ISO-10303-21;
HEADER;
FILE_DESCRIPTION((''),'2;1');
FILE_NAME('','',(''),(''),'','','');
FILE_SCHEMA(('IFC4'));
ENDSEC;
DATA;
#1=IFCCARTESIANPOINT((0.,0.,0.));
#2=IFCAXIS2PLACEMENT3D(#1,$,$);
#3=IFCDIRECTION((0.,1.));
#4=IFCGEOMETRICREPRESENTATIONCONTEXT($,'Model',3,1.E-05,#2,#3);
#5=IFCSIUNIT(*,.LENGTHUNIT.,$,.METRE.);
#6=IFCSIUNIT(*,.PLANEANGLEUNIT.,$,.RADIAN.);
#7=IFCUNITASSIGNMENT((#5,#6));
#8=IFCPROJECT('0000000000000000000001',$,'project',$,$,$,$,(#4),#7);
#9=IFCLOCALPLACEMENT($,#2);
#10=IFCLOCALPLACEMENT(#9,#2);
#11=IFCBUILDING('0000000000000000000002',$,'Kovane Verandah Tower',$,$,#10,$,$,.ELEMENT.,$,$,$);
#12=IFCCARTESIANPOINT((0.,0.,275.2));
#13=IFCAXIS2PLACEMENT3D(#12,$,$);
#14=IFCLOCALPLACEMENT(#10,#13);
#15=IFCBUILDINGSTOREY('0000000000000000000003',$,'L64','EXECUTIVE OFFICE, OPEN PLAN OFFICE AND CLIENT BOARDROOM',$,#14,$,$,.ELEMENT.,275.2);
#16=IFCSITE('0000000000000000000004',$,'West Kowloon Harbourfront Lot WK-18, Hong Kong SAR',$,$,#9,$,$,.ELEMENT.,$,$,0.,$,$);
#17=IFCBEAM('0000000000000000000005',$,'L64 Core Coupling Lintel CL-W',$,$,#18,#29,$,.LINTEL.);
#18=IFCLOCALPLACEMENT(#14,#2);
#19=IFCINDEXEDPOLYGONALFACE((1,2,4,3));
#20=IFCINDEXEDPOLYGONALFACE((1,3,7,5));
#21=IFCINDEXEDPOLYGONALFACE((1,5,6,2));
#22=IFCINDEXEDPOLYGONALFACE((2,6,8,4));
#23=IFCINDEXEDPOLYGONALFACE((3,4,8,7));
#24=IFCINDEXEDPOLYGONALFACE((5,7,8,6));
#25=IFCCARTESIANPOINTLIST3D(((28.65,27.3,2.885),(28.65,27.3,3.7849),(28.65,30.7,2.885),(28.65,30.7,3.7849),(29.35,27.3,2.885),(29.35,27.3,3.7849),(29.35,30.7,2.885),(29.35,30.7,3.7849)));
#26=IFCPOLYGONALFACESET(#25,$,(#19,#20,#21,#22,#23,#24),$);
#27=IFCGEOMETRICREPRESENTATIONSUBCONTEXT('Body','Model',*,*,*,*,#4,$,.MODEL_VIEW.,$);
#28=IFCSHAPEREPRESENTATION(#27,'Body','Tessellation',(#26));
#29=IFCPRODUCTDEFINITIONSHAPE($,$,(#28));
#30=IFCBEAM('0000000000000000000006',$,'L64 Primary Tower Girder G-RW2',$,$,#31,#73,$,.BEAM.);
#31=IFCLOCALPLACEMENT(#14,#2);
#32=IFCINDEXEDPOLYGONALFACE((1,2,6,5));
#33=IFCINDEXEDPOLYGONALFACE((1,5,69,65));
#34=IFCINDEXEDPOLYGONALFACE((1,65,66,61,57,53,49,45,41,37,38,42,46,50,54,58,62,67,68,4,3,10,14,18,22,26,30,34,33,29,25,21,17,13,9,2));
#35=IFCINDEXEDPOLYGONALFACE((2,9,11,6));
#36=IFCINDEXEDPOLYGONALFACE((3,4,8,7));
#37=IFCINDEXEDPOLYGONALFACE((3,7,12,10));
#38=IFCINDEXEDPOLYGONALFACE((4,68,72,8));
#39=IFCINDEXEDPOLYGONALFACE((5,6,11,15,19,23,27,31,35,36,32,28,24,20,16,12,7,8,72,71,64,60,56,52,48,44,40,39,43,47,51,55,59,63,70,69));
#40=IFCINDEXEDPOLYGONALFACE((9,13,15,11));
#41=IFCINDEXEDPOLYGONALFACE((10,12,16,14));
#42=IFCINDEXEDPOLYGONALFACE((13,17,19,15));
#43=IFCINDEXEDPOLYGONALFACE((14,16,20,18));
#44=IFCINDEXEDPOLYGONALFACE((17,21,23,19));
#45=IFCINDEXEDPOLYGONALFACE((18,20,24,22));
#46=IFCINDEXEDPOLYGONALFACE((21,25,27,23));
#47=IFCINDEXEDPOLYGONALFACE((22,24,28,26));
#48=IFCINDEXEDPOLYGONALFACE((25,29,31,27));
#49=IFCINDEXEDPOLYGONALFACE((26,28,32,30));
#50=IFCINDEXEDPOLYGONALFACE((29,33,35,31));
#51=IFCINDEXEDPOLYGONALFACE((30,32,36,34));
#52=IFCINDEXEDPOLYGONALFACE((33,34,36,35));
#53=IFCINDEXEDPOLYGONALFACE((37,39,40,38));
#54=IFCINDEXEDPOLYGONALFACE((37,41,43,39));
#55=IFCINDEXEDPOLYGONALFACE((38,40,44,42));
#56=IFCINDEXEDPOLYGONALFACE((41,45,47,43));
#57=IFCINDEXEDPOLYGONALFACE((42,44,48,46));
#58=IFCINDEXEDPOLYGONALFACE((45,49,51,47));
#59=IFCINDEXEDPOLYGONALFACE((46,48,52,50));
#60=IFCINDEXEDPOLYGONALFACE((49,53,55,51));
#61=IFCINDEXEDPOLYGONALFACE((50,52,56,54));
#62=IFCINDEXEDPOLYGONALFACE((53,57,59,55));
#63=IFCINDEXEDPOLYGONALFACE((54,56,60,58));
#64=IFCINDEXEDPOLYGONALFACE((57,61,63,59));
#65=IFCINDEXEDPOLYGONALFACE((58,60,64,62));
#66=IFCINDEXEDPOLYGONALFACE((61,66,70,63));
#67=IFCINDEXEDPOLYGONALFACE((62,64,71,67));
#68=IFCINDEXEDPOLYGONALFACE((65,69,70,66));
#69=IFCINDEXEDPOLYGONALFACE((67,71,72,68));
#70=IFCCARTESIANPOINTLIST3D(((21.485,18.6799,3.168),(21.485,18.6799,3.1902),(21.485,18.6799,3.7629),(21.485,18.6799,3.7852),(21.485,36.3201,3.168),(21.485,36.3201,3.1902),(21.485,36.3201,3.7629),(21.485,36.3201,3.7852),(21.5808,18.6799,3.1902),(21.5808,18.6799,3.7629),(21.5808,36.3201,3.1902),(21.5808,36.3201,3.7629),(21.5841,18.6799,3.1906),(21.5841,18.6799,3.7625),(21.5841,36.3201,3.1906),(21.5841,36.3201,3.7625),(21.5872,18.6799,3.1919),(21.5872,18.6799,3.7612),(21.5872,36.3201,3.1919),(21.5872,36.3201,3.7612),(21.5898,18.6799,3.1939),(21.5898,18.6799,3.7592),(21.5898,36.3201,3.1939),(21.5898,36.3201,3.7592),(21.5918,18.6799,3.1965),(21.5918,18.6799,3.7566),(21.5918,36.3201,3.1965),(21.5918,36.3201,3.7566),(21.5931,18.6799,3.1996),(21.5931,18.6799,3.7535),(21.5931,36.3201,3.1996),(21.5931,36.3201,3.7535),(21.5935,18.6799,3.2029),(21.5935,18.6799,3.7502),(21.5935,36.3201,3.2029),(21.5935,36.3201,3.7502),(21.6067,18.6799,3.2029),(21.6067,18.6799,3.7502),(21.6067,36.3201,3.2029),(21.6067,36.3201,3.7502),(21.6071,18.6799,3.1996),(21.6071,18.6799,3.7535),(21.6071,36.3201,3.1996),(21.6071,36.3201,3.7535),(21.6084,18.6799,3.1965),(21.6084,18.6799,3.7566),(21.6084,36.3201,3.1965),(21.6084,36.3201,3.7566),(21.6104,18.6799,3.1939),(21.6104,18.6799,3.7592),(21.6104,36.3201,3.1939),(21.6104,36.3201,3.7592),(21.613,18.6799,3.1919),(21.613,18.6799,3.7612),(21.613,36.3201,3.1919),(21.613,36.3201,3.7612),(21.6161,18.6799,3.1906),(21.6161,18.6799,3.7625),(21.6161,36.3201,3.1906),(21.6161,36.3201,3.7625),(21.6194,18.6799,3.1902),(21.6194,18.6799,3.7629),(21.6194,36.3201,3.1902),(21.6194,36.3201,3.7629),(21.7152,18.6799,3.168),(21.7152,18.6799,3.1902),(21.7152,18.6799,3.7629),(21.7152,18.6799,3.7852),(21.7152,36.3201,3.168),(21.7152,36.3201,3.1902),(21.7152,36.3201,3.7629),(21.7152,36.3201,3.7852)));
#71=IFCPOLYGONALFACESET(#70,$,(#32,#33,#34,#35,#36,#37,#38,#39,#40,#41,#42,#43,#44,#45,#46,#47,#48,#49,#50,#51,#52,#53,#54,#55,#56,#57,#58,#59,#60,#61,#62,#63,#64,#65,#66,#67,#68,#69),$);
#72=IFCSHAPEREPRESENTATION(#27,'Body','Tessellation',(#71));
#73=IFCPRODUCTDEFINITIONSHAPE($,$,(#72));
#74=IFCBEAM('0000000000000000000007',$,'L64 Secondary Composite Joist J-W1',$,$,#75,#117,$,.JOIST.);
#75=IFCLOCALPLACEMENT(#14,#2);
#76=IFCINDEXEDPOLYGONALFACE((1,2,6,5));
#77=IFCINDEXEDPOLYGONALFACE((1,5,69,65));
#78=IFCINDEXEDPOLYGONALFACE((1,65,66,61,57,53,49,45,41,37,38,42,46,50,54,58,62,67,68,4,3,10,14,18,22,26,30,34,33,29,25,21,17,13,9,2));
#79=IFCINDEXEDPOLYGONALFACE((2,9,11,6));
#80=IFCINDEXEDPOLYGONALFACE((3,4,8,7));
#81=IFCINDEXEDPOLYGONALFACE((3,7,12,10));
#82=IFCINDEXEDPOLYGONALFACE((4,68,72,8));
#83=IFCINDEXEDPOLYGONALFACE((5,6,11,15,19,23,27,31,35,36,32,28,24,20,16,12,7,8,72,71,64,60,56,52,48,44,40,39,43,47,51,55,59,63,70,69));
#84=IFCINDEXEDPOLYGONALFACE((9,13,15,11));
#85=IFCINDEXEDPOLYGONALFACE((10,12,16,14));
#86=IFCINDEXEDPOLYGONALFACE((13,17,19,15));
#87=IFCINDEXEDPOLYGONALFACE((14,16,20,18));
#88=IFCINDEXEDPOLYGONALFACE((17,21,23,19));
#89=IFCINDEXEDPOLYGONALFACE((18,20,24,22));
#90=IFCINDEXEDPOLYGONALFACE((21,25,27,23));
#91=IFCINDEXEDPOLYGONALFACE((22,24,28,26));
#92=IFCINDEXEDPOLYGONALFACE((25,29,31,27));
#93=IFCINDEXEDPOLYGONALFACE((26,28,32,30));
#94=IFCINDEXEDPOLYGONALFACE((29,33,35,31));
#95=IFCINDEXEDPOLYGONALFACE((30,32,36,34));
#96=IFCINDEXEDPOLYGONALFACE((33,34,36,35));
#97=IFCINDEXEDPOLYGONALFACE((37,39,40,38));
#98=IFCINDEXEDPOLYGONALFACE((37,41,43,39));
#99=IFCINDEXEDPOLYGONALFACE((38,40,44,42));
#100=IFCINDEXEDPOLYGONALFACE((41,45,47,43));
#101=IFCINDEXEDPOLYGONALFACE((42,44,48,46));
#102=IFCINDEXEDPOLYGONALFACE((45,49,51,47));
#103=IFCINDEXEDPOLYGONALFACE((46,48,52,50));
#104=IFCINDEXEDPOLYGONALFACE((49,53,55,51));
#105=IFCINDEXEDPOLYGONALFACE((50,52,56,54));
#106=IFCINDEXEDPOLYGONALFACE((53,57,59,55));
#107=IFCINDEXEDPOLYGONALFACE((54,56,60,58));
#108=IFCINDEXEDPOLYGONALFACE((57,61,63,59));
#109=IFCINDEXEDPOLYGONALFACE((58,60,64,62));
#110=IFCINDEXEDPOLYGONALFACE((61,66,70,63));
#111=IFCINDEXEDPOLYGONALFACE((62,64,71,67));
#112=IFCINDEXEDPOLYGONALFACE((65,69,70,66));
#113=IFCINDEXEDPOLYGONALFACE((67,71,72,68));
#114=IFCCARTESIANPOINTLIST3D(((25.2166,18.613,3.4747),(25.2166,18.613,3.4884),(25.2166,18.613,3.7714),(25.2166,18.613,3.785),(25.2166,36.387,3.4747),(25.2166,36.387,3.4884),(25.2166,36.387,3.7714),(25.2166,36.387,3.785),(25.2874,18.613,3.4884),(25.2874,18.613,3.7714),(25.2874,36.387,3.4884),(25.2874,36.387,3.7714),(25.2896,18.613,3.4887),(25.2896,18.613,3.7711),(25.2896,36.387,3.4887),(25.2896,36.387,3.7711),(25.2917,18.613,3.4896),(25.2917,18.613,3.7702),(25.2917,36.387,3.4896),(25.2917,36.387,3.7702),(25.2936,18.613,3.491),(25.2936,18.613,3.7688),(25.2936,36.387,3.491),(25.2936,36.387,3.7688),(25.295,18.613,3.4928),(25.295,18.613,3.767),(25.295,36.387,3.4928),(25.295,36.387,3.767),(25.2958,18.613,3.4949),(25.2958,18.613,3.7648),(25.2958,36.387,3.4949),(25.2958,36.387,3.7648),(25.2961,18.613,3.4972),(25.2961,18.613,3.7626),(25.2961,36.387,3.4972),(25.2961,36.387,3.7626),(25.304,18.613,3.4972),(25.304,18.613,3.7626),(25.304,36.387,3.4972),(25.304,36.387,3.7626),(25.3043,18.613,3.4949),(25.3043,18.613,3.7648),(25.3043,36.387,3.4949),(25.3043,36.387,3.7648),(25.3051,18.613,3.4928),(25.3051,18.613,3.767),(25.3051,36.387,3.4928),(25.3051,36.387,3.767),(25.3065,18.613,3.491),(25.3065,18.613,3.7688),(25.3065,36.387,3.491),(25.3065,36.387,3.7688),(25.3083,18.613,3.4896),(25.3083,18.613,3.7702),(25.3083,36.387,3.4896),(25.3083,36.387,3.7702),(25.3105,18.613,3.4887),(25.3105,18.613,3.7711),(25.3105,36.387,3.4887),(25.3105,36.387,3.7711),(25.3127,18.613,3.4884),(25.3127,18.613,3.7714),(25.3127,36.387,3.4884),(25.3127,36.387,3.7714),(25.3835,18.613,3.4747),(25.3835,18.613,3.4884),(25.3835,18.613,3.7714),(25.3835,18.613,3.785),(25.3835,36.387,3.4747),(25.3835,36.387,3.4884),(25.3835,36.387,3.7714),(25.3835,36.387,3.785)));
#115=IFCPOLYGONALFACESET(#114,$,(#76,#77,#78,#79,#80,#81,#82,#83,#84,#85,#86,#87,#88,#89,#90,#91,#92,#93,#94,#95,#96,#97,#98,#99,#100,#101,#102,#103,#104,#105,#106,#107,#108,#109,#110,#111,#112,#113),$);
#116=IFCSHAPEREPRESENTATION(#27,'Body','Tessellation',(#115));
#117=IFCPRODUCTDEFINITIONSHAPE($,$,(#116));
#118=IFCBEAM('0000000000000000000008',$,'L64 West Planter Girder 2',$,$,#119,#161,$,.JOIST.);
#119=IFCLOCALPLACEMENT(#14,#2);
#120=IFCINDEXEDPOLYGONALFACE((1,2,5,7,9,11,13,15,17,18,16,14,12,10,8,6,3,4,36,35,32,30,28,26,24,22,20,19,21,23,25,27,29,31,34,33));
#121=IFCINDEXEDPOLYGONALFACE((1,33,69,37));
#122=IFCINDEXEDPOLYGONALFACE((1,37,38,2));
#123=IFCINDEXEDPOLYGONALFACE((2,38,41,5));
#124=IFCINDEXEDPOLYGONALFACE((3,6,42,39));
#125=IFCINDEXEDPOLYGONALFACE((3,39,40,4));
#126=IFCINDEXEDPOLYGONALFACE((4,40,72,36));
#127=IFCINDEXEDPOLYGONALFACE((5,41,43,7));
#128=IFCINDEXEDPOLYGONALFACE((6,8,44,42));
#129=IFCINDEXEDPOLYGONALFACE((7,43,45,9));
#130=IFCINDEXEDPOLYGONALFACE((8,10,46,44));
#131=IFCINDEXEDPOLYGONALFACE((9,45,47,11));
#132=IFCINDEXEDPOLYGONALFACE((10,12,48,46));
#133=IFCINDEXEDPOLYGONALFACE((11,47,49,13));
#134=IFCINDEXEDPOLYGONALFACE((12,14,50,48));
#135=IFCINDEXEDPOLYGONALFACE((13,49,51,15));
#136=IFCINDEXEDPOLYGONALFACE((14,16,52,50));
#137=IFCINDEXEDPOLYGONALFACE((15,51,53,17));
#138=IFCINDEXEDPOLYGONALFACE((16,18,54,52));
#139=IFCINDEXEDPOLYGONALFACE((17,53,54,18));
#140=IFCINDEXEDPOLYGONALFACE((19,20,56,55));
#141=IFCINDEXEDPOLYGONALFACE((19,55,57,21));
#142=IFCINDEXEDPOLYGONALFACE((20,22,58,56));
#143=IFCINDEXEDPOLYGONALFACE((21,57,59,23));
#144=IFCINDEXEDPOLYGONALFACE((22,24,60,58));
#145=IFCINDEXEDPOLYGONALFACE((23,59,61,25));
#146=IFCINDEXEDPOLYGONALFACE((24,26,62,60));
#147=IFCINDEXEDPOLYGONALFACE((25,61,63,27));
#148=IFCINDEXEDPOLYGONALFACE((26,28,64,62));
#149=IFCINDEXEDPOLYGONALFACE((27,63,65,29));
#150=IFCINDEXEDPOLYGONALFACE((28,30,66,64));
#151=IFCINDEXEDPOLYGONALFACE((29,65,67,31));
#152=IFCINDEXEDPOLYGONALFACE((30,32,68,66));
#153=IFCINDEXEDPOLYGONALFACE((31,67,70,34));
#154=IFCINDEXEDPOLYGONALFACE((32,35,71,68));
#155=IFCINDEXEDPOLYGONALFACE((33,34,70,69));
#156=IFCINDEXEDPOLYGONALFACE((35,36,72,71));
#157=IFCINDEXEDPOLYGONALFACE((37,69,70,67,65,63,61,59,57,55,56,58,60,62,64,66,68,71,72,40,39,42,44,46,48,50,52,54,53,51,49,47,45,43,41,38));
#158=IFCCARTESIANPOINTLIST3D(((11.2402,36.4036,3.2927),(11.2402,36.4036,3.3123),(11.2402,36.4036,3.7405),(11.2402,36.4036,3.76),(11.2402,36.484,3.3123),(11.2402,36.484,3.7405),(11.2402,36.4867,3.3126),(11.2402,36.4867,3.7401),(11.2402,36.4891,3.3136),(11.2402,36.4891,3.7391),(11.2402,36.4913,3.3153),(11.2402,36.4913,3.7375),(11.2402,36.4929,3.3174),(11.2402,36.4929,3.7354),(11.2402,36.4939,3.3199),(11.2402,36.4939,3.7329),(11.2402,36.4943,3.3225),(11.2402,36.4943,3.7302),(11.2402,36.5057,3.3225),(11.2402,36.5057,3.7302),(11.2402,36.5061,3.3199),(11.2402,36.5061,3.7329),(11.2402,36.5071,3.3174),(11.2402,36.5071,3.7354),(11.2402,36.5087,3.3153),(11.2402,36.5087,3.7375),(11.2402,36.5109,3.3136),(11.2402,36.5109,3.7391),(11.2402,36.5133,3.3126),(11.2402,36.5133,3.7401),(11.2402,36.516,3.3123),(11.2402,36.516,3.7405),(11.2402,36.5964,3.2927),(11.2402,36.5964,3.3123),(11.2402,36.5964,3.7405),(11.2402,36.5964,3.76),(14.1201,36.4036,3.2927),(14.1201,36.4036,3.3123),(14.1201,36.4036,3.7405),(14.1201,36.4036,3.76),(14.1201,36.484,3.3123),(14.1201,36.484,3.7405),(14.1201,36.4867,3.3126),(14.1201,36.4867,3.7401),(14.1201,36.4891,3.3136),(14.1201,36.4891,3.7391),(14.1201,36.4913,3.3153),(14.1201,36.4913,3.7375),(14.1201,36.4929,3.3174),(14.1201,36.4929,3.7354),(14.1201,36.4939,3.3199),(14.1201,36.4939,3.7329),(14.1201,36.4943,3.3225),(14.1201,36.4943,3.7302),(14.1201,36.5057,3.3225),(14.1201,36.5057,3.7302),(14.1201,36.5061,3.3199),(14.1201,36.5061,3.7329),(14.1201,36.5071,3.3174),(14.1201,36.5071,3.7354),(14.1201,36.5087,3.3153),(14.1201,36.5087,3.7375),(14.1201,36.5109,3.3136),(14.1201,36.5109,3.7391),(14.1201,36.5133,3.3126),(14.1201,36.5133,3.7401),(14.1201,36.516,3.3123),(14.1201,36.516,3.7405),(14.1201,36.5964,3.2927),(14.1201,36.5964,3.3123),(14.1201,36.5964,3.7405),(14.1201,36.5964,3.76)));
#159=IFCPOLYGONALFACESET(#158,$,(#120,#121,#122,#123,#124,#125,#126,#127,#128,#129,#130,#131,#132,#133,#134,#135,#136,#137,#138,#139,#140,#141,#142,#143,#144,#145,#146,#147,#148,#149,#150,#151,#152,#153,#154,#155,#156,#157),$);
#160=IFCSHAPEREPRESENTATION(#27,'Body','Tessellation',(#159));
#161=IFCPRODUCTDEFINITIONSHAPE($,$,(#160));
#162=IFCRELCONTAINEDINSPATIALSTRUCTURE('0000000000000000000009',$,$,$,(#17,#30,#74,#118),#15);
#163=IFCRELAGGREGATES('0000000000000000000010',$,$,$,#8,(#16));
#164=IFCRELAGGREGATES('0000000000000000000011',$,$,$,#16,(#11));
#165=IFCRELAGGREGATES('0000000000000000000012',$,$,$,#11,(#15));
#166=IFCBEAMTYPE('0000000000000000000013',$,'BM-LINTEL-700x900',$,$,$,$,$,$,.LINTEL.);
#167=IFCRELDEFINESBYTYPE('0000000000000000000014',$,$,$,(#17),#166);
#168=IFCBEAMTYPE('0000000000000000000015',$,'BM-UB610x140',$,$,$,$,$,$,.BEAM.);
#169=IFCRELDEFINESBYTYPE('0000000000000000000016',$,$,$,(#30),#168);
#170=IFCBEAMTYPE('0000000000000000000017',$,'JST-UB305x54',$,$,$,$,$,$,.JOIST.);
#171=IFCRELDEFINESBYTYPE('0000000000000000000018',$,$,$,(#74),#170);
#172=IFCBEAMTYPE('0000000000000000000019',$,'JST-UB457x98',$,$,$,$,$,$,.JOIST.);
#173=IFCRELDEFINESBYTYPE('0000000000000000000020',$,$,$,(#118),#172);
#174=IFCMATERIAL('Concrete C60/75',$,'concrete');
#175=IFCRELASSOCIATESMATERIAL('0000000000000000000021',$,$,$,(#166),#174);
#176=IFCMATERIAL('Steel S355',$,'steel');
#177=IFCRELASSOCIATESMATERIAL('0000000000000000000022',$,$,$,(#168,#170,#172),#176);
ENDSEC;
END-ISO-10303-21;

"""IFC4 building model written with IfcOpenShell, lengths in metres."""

from ifc_helpers import new_model, si_unit, direction, frame, origin, origin_2d, place, context, subcontext, project, spatial, rectangle, i_section, extrude, material, material_profile, profile_set, type_object, element, save


model = new_model("IFC4")

# Units and contexts
model_context = context("Model", 3, precision=1e-05, world=origin(), true_north=direction((0.0, 1.0)))
body_context = subcontext(model_context, "Body", "Model", "MODEL_VIEW")
ifc_project = project(units=[si_unit("LENGTHUNIT", "METRE"), si_unit("PLANEANGLEUNIT", "RADIAN")], contexts=[model_context])

# Site, building, storey
site_placement = place(None, origin())
site = spatial("IfcSite", under=ifc_project, at=site_placement, Name="West Kowloon Harbourfront Lot WK-18, Hong Kong SAR", CompositionType="ELEMENT", RefElevation=0.0)
building_placement = place(site_placement, origin())
building = spatial("IfcBuilding", under=site, at=building_placement, Name="Kovane Verandah Tower", CompositionType="ELEMENT")
storey_placement = place(building_placement, frame((0.0, 0.0, 275.2)))
storey = spatial("IfcBuildingStorey", under=building, at=storey_placement, Name="L64", Description="EXECUTIVE OFFICE, OPEN PLAN OFFICE AND CLIENT BOARDROOM", CompositionType="ELEMENT", Elevation=275.2)

# Beams
ifc_material_1 = material(Name="Concrete C60/75", Category="concrete")
ifc_material_profile_1 = material_profile(ifc_material_1, rectangle(XDim=0.7, YDim=0.8999, at=origin_2d()), Name="RCB700x900")
ifc_profile_set_1 = profile_set([ifc_material_profile_1], Name="Concrete C60/75")
beam_type_1 = type_object("IfcBeamType", Name="BM-LINTEL-700x900", PredefinedType="LINTEL", material=ifc_profile_set_1)
beam_1_placement = place(storey_placement, frame((29.0, 27.3, 3.335), z_axis=(0.0, 1.0, 0.0), x_axis=(-1.0, 0.0, 0.0)))
element("IfcBeam", 1, at=beam_1_placement, inside=storey, type_object=beam_type_1, Name="L64 Core Coupling Lintel CL-W", PredefinedType="LINTEL", context=body_context, shape_type="SweptSolid", body=[
    extrude(rectangle(XDim=0.7, YDim=0.8999, at=origin_2d()), origin(), (0.0, 0.0, 1.0), 3.3999),
])
ifc_material_2 = material(Name="Steel S355", Category="steel")
ifc_material_profile_2 = material_profile(ifc_material_2, i_section(OverallWidth=0.2302, OverallDepth=0.6172, WebThickness=0.0132, FlangeThickness=0.0222, FilletRadius=0.0127, at=origin_2d()), Name="UB610x229x140")
ifc_profile_set_2 = profile_set([ifc_material_profile_2], Name="Steel S355")
beam_type_2 = type_object("IfcBeamType", Name="BM-UB610x140", PredefinedType="BEAM", material=ifc_profile_set_2)
beam_2_placement = place(storey_placement, frame((21.6001, 18.6799, 3.4766), z_axis=(0.0, 1.0, 0.0), x_axis=(-1.0, 0.0, 0.0)))
element("IfcBeam", 2, at=beam_2_placement, inside=storey, type_object=beam_type_2, Name="L64 Primary Tower Girder G-RW2", PredefinedType="BEAM", context=body_context, shape_type="SweptSolid", body=[
    extrude(i_section(OverallWidth=0.2302, OverallDepth=0.6172, WebThickness=0.0132, FlangeThickness=0.0222, FilletRadius=0.0127, at=origin_2d()), origin(), (0.0, 0.0, 1.0), 17.6401),
])
ifc_material_profile_3 = material_profile(ifc_material_2, i_section(OverallWidth=0.167, OverallDepth=0.3103, WebThickness=0.0078, FlangeThickness=0.0137, FilletRadius=0.0088, at=origin_2d()), Name="UB305x165x54")
ifc_profile_set_3 = profile_set([ifc_material_profile_3], Name="Steel S355")
beam_type_3 = type_object("IfcBeamType", Name="JST-UB305x54", PredefinedType="JOIST", material=ifc_profile_set_3)
beam_3_placement = place(storey_placement, frame((25.3, 18.613, 3.6299), z_axis=(0.0, 1.0, 0.0), x_axis=(-1.0, 0.0, 0.0)))
element("IfcBeam", 3, at=beam_3_placement, inside=storey, type_object=beam_type_3, Name="L64 Secondary Composite Joist J-W1", PredefinedType="JOIST", context=body_context, shape_type="SweptSolid", body=[
    extrude(i_section(OverallWidth=0.167, OverallDepth=0.3103, WebThickness=0.0078, FlangeThickness=0.0137, FilletRadius=0.0088, at=origin_2d()), origin(), (0.0, 0.0, 1.0), 17.7739),
])
ifc_material_profile_4 = material_profile(ifc_material_2, i_section(OverallWidth=0.1929, OverallDepth=0.4673, WebThickness=0.0115, FlangeThickness=0.0195, FilletRadius=0.0103, at=origin_2d()), Name="UB457x191x98")
ifc_profile_set_4 = profile_set([ifc_material_profile_4], Name="Steel S355")
beam_type_4 = type_object("IfcBeamType", Name="JST-UB457x98", PredefinedType="JOIST", material=ifc_profile_set_4)
beam_4_placement = place(storey_placement, frame((14.1201, 36.5, 3.5264), z_axis=(-1.0, 0.0, 0.0), x_axis=(0.0, -1.0, 0.0)))
element("IfcBeam", 4, at=beam_4_placement, inside=storey, type_object=beam_type_4, Name="L64 West Planter Girder 2", PredefinedType="JOIST", context=body_context, shape_type="SweptSolid", body=[
    extrude(i_section(OverallWidth=0.1929, OverallDepth=0.4673, WebThickness=0.0115, FlangeThickness=0.0195, FilletRadius=0.0103, at=origin_2d()), origin(), (0.0, 0.0, 1.0), 2.8799),
])

save(model, "model.ifc")
